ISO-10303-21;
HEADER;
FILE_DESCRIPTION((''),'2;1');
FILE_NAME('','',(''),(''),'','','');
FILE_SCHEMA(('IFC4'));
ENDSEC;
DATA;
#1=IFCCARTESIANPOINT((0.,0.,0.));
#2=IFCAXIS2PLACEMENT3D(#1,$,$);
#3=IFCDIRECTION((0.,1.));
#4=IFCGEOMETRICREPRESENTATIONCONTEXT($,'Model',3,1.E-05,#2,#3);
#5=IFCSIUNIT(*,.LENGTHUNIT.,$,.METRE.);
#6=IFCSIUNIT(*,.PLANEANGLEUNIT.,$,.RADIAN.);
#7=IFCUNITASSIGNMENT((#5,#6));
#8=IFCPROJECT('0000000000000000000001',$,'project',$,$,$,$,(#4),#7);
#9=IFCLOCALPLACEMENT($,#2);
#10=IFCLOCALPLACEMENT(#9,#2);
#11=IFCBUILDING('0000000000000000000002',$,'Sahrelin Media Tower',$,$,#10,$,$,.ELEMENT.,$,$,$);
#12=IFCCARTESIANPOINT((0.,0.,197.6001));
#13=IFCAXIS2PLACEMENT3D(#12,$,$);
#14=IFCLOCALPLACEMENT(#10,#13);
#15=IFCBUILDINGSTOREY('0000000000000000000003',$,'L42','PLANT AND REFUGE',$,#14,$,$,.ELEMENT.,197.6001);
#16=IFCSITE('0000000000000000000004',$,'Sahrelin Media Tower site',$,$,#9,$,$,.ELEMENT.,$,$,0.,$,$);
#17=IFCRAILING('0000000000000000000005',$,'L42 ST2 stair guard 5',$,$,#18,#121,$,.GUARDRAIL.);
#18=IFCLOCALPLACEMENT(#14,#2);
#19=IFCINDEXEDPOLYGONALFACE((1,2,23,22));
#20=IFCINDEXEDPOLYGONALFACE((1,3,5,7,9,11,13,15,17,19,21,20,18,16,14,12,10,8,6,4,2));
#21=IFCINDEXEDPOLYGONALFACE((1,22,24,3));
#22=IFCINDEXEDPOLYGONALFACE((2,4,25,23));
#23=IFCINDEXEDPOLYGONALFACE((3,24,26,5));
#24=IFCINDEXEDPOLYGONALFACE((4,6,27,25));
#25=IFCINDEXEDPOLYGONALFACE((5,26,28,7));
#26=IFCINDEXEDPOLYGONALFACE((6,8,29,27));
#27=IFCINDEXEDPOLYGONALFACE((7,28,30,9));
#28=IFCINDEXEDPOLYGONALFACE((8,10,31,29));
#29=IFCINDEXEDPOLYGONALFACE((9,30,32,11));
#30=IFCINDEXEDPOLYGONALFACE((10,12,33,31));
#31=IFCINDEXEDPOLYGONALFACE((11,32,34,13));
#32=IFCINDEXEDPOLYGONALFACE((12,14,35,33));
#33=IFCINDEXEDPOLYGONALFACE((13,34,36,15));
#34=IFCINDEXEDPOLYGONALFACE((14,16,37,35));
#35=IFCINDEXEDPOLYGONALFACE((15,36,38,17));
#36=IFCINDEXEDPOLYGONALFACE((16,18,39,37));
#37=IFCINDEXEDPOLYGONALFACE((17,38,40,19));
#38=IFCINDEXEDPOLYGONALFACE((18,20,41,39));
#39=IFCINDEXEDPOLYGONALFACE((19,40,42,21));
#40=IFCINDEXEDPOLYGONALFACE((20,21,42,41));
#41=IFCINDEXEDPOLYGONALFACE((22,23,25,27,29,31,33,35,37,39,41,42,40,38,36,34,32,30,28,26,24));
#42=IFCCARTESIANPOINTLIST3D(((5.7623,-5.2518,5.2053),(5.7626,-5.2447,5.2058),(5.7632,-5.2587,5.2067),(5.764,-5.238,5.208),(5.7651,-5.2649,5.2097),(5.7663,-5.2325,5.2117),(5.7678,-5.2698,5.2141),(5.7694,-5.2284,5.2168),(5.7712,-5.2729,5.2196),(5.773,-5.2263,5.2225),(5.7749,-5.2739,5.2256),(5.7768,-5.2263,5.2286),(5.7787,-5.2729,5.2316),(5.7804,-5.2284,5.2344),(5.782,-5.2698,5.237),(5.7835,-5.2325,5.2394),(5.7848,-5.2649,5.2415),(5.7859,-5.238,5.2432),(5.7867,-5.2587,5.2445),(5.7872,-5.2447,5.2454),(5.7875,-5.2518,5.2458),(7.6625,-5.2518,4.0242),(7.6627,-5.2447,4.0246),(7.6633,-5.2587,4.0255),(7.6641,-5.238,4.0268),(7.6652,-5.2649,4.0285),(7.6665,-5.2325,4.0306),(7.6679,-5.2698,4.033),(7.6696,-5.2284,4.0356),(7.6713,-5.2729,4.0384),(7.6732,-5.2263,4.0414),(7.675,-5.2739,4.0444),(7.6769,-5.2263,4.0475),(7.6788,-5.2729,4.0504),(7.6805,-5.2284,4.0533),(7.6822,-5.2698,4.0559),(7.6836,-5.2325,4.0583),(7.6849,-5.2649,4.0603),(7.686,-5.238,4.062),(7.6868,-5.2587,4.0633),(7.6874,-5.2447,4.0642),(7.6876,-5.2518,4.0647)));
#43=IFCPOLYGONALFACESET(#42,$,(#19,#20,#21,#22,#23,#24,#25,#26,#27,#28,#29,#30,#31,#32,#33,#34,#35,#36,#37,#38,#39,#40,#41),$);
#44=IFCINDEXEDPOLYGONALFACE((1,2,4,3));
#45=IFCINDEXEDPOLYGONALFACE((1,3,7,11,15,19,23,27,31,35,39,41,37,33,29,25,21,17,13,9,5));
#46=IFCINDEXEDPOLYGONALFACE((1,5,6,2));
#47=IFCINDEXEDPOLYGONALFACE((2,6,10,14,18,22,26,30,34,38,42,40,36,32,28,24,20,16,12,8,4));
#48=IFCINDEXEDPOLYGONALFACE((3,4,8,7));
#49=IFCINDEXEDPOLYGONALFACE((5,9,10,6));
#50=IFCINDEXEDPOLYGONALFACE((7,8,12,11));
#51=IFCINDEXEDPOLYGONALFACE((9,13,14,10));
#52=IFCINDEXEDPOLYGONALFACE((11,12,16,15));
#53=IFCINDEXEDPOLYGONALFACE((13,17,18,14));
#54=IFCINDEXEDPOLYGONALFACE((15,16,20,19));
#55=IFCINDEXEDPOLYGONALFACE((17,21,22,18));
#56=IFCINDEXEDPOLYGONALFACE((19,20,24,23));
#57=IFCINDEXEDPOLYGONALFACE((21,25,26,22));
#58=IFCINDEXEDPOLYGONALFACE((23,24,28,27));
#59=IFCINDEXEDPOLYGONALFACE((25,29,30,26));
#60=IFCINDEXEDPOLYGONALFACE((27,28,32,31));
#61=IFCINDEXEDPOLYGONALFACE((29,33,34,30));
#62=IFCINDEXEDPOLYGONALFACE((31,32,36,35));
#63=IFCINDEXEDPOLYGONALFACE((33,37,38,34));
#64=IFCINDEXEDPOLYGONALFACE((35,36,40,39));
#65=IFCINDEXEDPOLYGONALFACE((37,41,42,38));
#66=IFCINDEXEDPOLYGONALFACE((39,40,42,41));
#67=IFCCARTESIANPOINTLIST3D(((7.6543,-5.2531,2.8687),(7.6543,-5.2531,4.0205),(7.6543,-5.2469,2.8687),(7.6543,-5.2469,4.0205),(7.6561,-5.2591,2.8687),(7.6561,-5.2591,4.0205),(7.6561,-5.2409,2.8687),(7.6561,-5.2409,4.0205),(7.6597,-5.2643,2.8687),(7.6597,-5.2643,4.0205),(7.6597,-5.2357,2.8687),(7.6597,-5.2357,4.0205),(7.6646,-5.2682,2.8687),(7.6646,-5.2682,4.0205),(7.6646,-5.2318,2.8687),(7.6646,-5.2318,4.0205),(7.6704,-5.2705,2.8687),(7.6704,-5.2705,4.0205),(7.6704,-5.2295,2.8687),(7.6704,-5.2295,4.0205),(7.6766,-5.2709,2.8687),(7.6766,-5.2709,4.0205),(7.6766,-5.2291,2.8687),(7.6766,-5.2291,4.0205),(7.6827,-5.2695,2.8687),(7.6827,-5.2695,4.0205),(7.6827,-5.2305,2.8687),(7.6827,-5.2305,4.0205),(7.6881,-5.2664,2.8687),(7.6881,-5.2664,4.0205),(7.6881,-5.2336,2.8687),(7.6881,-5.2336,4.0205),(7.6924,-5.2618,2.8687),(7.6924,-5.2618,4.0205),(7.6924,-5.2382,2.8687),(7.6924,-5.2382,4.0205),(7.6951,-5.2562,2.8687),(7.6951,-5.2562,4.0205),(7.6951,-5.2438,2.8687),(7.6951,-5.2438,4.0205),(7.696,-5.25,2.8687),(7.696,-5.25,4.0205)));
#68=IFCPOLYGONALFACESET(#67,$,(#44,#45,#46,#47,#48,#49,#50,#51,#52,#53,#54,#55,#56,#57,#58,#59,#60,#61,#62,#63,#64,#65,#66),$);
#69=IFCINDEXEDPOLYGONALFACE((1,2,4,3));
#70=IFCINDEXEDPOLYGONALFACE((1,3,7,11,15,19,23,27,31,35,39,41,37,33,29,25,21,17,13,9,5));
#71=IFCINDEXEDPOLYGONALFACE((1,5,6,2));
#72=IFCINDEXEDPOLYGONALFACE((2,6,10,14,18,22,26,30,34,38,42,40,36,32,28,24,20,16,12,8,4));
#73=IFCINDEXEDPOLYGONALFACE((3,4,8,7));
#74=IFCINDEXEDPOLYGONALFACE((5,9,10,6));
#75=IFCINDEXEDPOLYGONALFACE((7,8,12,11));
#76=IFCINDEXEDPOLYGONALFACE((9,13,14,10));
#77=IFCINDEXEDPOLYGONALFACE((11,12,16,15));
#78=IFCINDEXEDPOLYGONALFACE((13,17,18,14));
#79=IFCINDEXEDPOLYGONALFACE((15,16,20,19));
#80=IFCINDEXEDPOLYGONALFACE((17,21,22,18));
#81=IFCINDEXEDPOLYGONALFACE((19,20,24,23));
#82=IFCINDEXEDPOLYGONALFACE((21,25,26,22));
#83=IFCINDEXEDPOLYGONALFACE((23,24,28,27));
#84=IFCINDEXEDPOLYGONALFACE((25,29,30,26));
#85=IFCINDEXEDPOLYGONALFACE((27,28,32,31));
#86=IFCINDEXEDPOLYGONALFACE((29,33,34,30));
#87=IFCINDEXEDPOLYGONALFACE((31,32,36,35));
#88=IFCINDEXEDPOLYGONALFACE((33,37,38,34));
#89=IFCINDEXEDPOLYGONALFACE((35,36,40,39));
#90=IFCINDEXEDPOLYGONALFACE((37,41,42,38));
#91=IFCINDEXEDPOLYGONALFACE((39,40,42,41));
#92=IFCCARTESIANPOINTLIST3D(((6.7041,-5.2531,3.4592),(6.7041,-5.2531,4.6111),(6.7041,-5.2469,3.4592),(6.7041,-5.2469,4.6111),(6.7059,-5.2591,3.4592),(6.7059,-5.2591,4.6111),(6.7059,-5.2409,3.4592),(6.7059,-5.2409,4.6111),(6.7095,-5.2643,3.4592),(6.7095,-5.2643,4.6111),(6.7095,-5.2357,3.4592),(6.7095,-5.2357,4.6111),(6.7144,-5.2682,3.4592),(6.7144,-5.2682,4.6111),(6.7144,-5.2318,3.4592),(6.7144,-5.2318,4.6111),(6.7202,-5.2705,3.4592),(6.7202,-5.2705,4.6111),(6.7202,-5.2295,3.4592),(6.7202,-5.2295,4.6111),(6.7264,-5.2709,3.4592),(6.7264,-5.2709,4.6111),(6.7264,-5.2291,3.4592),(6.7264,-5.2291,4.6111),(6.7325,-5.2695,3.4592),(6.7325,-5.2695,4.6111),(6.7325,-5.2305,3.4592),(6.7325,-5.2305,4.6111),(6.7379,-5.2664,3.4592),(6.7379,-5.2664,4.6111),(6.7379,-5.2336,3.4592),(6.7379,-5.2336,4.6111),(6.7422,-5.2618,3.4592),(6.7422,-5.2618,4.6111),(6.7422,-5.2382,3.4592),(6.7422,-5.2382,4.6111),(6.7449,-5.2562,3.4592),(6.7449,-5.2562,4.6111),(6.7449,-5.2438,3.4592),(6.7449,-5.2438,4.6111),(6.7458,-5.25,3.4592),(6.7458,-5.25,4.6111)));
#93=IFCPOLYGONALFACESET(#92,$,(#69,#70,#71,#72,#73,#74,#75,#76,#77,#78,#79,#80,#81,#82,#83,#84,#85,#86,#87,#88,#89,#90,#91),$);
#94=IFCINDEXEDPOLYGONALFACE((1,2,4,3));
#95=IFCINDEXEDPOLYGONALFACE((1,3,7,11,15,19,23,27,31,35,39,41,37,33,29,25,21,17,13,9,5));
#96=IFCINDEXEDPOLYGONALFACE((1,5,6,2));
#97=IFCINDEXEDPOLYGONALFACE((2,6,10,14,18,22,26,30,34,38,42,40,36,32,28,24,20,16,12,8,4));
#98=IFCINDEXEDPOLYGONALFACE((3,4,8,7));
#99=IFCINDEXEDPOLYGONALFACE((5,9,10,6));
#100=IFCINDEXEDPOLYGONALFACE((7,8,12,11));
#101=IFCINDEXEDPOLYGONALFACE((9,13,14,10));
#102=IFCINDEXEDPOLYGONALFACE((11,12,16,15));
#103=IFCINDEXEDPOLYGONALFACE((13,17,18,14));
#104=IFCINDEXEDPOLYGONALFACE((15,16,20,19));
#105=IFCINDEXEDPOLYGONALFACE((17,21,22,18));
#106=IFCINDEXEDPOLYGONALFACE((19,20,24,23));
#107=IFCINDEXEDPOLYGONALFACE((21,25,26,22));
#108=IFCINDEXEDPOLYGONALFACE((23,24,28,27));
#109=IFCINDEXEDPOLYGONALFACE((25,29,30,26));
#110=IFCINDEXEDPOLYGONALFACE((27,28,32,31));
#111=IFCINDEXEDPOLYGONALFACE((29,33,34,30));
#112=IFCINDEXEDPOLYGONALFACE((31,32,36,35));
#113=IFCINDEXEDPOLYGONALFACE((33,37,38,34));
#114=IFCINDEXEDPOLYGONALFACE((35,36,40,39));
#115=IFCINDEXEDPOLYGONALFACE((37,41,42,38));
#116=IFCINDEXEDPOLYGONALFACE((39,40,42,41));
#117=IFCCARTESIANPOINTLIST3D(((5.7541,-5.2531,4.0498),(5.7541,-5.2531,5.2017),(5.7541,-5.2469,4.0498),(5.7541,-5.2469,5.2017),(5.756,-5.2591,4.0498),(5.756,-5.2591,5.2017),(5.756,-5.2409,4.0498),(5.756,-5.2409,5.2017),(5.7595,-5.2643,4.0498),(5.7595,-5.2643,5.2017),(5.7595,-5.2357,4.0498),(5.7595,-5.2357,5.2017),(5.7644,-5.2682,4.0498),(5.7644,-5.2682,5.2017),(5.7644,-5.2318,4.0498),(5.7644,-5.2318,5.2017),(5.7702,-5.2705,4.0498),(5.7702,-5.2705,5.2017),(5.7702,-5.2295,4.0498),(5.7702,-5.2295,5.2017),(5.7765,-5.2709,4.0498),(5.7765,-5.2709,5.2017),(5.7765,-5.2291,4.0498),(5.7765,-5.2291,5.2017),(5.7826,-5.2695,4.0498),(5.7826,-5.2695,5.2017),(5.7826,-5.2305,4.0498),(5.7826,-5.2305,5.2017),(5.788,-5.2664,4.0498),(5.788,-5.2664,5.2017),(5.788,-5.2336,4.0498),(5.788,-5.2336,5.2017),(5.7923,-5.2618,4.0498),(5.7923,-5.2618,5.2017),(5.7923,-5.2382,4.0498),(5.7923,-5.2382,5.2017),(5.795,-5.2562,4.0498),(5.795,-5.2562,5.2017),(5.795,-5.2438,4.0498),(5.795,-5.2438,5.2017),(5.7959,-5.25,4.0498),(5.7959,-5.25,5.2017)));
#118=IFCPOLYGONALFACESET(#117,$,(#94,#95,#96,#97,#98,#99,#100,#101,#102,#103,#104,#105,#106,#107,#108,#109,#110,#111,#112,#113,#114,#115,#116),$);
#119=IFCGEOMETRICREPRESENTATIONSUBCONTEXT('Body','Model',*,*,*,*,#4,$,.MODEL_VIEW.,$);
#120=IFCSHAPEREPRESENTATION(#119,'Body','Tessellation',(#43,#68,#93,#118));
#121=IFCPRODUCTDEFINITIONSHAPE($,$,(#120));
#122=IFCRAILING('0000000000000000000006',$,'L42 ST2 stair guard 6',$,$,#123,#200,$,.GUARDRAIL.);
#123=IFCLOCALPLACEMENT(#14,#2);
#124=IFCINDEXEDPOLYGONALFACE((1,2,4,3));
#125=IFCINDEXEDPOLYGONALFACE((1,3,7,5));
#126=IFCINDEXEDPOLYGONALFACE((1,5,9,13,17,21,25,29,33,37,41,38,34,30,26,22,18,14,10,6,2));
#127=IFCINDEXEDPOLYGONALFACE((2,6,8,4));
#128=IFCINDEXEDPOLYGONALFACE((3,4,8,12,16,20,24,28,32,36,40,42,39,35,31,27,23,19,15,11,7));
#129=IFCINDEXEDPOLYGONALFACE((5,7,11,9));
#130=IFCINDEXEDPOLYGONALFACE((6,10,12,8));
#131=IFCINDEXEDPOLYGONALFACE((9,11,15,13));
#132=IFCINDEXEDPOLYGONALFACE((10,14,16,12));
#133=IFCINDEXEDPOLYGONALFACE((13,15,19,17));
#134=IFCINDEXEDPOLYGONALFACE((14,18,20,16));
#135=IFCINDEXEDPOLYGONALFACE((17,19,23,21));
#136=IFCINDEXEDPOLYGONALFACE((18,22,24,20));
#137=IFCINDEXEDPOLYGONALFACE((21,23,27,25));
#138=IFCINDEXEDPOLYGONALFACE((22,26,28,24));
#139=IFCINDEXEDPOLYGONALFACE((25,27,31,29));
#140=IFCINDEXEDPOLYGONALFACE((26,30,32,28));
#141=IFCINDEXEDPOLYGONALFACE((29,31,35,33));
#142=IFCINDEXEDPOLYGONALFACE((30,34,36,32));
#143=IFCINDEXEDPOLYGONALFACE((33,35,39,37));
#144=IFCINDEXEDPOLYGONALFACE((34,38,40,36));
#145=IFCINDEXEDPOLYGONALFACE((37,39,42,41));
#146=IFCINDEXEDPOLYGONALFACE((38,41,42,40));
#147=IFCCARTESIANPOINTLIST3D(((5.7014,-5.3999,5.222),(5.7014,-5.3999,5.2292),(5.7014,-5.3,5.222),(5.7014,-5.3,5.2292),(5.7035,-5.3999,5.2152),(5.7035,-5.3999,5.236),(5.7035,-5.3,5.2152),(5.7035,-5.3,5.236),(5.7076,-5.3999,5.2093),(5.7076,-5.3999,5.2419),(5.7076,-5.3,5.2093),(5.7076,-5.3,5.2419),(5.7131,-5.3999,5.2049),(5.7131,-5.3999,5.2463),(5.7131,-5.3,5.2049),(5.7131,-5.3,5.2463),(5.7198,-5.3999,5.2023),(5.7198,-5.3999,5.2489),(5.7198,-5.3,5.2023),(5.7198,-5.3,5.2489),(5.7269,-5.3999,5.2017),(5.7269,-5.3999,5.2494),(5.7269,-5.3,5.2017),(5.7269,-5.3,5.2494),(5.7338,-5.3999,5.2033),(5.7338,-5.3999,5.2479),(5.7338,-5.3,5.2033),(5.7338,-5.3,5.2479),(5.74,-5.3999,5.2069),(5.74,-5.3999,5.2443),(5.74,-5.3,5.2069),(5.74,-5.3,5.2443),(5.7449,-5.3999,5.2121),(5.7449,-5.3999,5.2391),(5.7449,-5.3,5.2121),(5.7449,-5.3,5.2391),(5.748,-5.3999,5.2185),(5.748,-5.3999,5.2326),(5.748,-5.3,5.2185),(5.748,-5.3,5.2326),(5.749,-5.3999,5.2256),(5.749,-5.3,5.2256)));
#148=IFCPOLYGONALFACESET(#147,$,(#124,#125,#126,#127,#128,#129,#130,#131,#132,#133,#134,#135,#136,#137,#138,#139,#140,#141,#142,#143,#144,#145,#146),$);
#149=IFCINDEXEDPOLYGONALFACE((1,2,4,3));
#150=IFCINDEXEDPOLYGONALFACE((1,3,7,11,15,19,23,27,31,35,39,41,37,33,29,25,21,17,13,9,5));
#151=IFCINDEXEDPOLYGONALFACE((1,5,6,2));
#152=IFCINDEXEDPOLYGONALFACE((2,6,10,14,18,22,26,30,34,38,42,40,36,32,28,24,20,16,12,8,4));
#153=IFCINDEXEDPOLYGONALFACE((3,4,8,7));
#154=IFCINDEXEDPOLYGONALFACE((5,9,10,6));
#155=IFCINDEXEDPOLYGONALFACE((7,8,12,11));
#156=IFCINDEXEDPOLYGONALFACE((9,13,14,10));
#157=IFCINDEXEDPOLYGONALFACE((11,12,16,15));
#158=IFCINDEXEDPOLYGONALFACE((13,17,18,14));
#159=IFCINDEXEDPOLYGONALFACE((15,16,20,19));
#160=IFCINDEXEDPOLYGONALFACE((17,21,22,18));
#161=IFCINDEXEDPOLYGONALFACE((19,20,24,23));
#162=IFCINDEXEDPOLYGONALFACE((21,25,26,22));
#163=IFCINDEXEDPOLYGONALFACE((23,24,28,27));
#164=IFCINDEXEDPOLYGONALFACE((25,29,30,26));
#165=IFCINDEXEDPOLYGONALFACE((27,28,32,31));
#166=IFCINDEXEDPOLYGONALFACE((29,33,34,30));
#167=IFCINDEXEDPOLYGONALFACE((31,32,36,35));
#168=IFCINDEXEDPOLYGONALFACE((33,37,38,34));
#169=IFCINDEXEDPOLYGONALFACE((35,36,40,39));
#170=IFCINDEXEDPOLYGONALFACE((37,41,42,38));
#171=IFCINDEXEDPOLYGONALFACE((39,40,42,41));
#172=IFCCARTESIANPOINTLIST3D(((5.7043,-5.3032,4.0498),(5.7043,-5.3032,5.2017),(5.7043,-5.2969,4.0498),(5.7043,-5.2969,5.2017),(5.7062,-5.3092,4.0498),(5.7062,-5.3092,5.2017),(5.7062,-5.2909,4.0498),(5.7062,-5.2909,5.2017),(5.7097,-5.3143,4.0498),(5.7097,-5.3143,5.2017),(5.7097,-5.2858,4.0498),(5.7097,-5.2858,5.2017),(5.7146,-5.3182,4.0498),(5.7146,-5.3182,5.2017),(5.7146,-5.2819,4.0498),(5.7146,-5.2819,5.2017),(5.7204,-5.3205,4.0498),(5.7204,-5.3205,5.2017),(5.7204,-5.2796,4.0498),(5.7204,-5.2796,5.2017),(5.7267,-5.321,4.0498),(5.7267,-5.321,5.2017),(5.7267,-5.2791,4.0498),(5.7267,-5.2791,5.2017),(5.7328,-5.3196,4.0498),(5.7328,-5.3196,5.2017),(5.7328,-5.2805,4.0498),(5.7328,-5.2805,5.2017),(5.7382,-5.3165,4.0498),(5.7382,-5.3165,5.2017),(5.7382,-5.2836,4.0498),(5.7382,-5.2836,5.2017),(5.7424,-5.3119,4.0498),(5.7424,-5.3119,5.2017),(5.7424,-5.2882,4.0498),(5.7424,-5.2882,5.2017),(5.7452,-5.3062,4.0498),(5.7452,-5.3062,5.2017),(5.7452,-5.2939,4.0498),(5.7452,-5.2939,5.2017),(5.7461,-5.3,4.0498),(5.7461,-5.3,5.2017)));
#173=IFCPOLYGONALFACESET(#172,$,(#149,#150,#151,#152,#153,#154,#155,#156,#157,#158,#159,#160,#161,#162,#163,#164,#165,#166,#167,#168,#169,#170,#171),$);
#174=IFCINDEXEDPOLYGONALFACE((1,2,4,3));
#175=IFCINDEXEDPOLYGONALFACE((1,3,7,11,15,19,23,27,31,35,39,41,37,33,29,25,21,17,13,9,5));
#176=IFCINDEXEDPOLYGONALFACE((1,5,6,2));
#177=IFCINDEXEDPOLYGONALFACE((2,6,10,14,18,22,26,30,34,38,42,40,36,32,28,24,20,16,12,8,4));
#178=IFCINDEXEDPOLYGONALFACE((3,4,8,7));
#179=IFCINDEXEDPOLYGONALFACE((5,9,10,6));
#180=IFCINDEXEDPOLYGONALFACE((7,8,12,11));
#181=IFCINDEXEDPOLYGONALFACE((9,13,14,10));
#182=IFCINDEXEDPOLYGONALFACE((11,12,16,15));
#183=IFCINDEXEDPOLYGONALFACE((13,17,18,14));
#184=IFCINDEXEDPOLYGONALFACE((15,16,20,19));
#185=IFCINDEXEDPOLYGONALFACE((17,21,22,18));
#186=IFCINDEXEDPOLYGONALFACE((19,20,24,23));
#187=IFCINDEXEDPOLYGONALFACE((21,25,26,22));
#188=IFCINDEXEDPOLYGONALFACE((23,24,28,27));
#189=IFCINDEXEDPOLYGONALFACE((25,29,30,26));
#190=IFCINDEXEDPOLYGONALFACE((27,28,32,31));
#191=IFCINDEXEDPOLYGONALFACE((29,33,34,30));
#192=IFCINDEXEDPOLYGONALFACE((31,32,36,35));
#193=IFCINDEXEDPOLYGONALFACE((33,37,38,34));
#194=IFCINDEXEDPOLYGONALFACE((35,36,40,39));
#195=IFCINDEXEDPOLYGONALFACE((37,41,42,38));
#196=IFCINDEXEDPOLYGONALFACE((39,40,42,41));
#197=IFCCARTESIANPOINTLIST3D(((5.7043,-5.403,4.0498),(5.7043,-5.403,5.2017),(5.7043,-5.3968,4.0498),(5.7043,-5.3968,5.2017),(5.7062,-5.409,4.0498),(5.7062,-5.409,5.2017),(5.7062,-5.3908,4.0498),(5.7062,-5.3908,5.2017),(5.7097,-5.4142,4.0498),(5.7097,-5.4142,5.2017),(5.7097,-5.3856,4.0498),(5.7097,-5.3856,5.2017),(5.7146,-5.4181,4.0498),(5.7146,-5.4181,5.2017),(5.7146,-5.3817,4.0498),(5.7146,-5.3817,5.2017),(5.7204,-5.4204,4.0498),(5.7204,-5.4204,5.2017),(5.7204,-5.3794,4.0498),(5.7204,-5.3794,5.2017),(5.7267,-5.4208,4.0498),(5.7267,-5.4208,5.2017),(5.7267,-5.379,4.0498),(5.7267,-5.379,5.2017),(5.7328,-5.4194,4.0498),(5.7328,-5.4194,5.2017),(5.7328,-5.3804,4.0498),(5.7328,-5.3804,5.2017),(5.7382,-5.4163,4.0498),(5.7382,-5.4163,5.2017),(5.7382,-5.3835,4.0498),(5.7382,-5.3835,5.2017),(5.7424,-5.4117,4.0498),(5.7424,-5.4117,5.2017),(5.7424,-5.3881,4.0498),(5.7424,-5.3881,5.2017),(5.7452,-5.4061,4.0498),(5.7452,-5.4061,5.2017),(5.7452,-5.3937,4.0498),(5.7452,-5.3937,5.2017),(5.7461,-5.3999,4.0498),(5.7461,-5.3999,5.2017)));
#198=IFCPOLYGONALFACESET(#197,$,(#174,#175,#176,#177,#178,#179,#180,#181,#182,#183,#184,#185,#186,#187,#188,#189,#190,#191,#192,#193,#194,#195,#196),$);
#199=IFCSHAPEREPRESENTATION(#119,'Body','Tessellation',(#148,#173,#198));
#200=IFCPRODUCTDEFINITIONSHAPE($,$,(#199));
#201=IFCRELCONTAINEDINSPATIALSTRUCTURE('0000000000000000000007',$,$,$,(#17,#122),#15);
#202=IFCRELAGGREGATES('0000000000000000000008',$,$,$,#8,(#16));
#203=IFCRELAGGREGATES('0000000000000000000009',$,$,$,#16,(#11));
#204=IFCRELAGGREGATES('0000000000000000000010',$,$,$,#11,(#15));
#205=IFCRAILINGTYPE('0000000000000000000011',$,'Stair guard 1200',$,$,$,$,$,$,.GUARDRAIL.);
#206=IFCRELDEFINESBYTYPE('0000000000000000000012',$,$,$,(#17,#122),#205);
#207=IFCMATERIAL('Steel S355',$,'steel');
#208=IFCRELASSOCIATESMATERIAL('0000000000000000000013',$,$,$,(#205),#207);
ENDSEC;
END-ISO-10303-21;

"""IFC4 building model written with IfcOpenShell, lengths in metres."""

from ifc_helpers import new_model, si_unit, direction, frame, origin, origin_2d, place, context, subcontext, project, spatial, circle, extrude, material, type_object, element, save


model = new_model("IFC4")

# Units and contexts
model_context = context("Model", 3, precision=1e-05, world=origin(), true_north=direction((0.0, 1.0)))
body_context = subcontext(model_context, "Body", "Model", "MODEL_VIEW")
ifc_project = project(units=[si_unit("LENGTHUNIT", "METRE"), si_unit("PLANEANGLEUNIT", "RADIAN")], contexts=[model_context])

# Site, building, storey
site_placement = place(None, origin())
site = spatial("IfcSite", under=ifc_project, at=site_placement, Name="Sahrelin Media Tower site", CompositionType="ELEMENT", RefElevation=0.0)
building_placement = place(site_placement, origin())
building = spatial("IfcBuilding", under=site, at=building_placement, Name="Sahrelin Media Tower", CompositionType="ELEMENT")
storey_placement = place(building_placement, frame((0.0, 0.0, 197.6001)))
storey = spatial("IfcBuildingStorey", under=building, at=storey_placement, Name="L42", Description="PLANT AND REFUGE", CompositionType="ELEMENT", Elevation=197.6001)

# Railings
ifc_material_1 = material(Name="Steel S355", Category="steel")
railing_type_1 = type_object("IfcRailingType", Name="Stair guard 1200", PredefinedType="GUARDRAIL", material=ifc_material_1)
railing_1_placement = place(storey_placement, frame((7.675, -5.25, 2.8687)))
element("IfcRailing", 1, at=railing_1_placement, inside=storey, type_object=railing_type_1, Name="L42 ST2 stair guard 5", PredefinedType="GUARDRAIL", context=body_context, shape_type="SweptSolid", body=[
    extrude(circle(Radius=0.0239, at=origin_2d()), frame((0.0, 0.0, 1.1758), z_axis=(-0.849289, 0.0, 0.527928), x_axis=(0.0, -1.0, 0.0)), (0.0, 0.0, 1.0), 2.2373),
    extrude(circle(Radius=0.021, at=origin_2d()), origin(), (0.0, 0.0, 1.0), 1.1519),
    extrude(circle(Radius=0.021, at=origin_2d()), frame((-0.9502, 0.0, 0.5906)), (0.0, 0.0, 1.0), 1.1519),
    extrude(circle(Radius=0.021, at=origin_2d()), frame((-1.9001, 0.0, 1.1812)), (0.0, 0.0, 1.0), 1.1519),
])
railing_2_placement = place(storey_placement, frame((5.7251, -5.3, 4.0498)))
element("IfcRailing", 2, at=railing_2_placement, inside=storey, type_object=railing_type_1, Name="L42 ST2 stair guard 6", PredefinedType="GUARDRAIL", context=body_context, shape_type="SweptSolid", body=[
    extrude(circle(Radius=0.0239, at=origin_2d()), frame((0.0, 0.0, 1.1758), z_axis=(0.0, -1.0, 0.0), x_axis=(1.0, 0.0, 0.0)), (0.0, 0.0, 1.0), 0.0999),
    extrude(circle(Radius=0.021, at=origin_2d()), origin(), (0.0, 0.0, 1.0), 1.1519),
    extrude(circle(Radius=0.021, at=origin_2d()), frame((0.0, -0.0999, 0.0)), (0.0, 0.0, 1.0), 1.1519),
])

save(model, "model.ifc")
